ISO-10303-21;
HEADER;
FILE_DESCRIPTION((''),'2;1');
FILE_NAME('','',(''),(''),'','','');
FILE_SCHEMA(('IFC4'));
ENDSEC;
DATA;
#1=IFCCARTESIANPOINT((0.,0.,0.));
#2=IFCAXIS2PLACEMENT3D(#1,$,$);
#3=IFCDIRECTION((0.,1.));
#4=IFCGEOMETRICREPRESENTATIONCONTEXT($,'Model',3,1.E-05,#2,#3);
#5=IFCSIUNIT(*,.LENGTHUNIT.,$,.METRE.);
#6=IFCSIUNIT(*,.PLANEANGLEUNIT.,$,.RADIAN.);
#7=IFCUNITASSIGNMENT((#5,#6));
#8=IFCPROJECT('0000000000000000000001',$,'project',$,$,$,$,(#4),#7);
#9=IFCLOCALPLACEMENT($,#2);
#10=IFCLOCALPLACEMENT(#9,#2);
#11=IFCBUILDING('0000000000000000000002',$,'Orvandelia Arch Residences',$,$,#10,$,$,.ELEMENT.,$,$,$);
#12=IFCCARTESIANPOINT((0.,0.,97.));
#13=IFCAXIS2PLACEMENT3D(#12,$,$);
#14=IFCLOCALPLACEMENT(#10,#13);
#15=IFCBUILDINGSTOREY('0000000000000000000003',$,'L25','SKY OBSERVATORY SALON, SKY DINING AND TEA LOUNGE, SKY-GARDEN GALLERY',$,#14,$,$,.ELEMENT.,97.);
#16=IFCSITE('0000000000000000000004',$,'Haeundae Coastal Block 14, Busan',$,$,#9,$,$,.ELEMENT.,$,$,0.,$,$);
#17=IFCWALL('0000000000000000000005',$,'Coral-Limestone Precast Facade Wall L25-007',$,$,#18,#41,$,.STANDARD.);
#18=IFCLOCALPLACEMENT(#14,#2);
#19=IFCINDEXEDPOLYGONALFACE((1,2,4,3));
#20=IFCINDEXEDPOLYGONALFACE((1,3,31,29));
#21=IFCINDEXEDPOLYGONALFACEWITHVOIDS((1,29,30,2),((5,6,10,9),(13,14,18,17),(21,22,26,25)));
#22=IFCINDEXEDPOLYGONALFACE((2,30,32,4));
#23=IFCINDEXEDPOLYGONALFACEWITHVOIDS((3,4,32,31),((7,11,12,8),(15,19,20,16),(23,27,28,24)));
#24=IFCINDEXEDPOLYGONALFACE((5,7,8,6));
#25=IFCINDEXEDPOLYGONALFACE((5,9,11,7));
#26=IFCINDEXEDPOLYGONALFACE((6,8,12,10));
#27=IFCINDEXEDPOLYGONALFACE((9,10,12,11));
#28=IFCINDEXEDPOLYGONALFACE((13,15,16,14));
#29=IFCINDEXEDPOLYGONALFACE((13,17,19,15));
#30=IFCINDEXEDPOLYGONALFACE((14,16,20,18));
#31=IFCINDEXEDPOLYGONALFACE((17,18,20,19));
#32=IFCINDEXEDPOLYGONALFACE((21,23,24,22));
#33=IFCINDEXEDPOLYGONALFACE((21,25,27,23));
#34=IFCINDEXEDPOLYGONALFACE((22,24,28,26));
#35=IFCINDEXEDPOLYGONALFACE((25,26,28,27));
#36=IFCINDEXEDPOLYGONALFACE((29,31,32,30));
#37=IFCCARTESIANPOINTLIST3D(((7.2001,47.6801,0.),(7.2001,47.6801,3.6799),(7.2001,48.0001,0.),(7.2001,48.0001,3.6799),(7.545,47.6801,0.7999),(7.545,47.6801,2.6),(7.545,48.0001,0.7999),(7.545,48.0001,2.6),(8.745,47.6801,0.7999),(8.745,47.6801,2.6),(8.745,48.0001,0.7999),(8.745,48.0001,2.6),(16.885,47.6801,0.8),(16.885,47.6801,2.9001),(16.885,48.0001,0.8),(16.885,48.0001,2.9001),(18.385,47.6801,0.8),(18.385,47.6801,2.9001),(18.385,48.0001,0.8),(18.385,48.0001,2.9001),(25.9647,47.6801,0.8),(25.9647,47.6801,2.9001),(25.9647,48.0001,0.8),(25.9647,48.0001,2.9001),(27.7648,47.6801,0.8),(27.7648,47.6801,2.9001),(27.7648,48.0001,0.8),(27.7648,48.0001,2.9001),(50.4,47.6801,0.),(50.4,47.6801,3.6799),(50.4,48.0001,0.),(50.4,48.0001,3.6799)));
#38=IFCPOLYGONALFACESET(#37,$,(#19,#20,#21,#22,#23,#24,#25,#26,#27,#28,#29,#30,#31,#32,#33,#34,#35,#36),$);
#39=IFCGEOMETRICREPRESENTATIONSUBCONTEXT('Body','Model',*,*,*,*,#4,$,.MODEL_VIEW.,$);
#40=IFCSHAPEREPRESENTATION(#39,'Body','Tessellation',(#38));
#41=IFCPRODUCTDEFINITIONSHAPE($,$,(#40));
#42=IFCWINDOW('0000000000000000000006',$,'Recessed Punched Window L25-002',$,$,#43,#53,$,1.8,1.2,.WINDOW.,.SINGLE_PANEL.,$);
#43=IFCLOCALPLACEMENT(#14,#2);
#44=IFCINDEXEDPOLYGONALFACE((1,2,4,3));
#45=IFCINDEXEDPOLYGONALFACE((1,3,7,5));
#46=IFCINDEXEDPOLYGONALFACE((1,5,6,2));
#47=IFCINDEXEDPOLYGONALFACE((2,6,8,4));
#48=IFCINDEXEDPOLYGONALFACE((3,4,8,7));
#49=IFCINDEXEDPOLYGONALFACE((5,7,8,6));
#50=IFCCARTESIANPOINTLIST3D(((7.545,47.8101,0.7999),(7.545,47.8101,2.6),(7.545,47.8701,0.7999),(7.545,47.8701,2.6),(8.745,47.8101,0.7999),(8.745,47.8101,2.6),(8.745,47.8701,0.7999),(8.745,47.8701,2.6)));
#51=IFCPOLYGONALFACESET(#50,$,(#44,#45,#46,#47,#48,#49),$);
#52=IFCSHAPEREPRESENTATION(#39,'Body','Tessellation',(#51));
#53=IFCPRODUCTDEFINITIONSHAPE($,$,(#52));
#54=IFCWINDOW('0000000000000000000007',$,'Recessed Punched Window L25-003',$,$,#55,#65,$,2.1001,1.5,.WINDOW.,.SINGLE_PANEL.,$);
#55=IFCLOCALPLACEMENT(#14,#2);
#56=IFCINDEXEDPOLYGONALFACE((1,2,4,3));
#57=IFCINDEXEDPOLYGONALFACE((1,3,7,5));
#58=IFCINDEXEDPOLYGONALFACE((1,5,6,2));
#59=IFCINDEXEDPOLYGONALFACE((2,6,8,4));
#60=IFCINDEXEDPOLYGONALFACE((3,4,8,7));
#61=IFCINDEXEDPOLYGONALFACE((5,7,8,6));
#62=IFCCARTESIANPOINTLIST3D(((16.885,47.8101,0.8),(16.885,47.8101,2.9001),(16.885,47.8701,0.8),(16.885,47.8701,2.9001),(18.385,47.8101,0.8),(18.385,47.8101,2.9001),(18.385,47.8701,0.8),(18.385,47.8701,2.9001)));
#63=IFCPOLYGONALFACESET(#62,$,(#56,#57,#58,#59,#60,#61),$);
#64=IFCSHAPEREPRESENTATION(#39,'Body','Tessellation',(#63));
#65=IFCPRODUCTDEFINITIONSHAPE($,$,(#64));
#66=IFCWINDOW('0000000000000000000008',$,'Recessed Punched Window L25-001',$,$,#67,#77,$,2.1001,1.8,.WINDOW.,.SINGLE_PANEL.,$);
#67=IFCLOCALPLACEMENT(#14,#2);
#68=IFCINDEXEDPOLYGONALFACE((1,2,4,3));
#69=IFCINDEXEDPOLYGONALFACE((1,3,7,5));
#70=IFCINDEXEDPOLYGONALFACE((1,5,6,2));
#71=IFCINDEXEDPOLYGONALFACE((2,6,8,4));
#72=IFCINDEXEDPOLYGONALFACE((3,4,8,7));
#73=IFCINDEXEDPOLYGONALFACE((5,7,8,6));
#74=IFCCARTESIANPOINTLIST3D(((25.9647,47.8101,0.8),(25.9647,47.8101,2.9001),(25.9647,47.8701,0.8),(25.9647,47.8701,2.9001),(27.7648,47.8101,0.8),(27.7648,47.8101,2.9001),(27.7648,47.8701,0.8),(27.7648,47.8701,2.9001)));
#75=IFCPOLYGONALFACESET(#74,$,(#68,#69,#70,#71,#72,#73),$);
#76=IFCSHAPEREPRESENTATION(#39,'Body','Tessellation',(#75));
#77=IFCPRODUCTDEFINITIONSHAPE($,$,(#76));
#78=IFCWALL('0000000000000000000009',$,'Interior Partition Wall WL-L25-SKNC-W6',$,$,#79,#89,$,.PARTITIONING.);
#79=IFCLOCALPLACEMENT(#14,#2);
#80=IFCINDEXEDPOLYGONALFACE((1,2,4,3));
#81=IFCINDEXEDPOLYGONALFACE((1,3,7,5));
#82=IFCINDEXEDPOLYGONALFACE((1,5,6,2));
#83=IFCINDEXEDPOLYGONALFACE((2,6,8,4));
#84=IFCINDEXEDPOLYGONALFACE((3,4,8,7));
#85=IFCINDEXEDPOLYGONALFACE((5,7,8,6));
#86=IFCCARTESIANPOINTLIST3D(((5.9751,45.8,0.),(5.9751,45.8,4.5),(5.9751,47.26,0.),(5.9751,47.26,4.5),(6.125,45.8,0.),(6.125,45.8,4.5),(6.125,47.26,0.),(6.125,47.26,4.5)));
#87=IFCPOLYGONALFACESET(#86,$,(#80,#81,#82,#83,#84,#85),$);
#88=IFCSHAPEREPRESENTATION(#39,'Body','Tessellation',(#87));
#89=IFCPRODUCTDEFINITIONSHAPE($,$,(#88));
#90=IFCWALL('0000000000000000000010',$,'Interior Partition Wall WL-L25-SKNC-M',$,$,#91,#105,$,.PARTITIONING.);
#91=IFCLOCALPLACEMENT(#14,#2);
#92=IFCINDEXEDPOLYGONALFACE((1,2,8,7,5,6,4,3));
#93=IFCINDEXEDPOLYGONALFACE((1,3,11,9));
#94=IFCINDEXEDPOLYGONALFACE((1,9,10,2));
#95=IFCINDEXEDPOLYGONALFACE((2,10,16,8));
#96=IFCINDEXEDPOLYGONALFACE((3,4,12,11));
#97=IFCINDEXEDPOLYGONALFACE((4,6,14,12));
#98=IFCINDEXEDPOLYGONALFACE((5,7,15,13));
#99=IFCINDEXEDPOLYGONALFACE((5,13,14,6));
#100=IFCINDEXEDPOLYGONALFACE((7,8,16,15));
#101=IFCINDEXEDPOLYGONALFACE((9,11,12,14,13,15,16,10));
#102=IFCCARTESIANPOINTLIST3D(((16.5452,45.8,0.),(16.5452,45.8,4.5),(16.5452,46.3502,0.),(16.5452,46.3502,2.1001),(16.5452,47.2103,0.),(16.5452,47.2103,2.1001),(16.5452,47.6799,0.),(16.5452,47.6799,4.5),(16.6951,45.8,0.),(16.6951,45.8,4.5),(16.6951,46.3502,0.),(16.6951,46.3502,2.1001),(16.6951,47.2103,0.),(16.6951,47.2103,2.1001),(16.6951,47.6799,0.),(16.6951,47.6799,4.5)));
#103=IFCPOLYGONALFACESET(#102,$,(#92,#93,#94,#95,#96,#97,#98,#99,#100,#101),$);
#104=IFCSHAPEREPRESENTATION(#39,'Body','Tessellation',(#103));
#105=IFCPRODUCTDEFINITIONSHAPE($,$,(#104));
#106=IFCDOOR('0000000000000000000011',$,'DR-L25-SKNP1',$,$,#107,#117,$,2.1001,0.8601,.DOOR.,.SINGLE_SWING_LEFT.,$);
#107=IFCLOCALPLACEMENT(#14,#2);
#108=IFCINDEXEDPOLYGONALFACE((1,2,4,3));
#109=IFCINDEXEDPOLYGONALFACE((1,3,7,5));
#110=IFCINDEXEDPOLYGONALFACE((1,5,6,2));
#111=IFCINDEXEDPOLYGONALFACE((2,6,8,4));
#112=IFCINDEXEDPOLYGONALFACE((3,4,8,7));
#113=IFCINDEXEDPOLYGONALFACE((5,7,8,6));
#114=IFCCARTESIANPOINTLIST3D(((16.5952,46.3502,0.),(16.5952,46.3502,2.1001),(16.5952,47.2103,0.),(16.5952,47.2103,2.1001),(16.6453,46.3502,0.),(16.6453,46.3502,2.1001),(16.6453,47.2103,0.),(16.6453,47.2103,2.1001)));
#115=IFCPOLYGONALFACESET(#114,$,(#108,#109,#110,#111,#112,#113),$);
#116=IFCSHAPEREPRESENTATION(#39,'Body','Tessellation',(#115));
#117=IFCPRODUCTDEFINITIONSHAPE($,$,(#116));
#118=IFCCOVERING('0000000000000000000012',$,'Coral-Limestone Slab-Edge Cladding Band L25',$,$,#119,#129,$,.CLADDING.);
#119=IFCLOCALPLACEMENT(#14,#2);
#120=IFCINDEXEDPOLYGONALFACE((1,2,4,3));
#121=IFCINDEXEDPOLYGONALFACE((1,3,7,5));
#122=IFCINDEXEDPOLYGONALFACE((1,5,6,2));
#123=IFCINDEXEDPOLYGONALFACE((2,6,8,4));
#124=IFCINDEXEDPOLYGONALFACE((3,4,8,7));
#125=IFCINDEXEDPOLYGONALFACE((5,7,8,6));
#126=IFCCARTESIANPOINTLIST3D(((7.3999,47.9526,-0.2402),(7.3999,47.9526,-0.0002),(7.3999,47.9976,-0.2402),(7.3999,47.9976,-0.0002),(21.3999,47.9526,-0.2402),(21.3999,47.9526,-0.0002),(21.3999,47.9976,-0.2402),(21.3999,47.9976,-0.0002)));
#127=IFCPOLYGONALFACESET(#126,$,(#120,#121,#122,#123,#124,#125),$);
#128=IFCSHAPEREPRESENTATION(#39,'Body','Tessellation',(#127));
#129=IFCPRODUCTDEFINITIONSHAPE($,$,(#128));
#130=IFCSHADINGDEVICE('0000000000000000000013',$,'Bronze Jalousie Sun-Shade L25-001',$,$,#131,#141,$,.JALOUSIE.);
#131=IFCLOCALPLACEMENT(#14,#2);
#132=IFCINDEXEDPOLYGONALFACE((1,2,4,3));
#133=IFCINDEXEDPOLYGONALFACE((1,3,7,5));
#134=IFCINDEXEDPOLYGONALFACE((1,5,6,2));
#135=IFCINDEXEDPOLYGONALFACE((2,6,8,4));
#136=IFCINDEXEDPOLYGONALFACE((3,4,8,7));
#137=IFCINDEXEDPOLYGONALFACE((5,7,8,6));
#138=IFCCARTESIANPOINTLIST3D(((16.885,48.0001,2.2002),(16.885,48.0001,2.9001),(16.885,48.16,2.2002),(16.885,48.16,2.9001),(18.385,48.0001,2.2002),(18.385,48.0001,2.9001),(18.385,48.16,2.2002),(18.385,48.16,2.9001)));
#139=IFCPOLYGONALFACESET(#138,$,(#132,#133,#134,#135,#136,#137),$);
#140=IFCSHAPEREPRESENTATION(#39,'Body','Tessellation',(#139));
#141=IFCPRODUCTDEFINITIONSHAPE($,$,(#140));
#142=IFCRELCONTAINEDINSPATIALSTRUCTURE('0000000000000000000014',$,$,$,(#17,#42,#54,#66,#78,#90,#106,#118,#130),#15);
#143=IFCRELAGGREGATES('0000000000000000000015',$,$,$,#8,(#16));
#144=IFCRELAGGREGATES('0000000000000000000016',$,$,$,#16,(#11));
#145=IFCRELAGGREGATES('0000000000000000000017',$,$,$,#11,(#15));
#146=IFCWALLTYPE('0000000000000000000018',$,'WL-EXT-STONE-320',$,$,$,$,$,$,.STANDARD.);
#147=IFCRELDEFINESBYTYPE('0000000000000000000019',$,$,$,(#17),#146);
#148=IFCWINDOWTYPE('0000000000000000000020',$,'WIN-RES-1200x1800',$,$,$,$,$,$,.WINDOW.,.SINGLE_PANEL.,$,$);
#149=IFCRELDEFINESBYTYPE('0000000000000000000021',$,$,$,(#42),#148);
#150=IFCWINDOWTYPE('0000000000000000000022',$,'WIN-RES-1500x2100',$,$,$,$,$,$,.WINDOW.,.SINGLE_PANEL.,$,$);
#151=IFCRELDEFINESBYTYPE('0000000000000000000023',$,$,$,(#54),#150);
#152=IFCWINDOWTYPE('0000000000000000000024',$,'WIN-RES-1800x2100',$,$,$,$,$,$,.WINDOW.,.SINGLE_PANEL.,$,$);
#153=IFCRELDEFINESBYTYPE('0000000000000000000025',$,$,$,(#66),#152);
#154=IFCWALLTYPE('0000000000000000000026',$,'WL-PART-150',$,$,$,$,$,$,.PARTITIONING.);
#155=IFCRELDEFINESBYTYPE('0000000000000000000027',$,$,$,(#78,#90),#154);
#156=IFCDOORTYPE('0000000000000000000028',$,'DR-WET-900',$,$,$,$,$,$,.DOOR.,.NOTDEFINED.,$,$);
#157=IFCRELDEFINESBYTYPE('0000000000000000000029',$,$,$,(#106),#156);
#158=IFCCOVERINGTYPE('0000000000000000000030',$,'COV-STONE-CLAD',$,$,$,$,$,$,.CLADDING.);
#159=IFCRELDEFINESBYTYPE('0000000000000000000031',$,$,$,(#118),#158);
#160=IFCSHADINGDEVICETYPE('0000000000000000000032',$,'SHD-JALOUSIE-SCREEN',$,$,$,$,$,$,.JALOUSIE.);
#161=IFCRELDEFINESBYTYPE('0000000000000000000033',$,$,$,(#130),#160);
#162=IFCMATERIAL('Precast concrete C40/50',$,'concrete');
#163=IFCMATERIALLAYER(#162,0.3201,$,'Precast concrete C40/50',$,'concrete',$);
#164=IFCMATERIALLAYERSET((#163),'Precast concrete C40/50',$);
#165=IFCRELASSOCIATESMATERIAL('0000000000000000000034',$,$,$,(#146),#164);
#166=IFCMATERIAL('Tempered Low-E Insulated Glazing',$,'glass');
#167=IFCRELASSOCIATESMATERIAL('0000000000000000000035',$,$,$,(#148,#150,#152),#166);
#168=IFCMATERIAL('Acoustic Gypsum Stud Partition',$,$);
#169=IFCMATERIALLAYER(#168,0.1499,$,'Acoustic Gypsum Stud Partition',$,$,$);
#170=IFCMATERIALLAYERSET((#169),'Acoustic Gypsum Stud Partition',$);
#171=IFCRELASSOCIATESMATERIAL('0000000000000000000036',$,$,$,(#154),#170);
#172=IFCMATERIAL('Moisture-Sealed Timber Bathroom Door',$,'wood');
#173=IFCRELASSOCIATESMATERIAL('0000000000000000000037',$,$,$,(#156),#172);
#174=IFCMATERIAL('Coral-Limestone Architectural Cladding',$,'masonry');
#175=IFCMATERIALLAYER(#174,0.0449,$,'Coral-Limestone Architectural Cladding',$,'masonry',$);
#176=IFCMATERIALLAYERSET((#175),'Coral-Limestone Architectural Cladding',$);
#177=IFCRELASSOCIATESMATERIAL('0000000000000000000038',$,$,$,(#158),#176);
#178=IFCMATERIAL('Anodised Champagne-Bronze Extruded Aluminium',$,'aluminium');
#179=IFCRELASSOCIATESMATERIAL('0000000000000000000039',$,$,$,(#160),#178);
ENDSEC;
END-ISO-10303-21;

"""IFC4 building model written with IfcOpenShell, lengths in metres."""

from ifc_helpers import new_model, si_unit, direction, frame, frame_2d, origin, origin_2d, place, context, subcontext, project, spatial, rectangle, extrude, material, layer, layer_set, type_object, element, fill, save


model = new_model("IFC4")

# Units and contexts
model_context = context("Model", 3, precision=1e-05, world=origin(), true_north=direction((0.0, 1.0)))
body_context = subcontext(model_context, "Body", "Model", "MODEL_VIEW")
ifc_project = project(units=[si_unit("LENGTHUNIT", "METRE"), si_unit("PLANEANGLEUNIT", "RADIAN")], contexts=[model_context])

# Site, building, storey
site_placement = place(None, origin())
site = spatial("IfcSite", under=ifc_project, at=site_placement, Name="Haeundae Coastal Block 14, Busan", CompositionType="ELEMENT", RefElevation=0.0)
building_placement = place(site_placement, origin())
building = spatial("IfcBuilding", under=site, at=building_placement, Name="Orvandelia Arch Residences", CompositionType="ELEMENT")
storey_placement = place(building_placement, frame((0.0, 0.0, 97.0)))
storey = spatial("IfcBuildingStorey", under=building, at=storey_placement, Name="L25", Description="SKY OBSERVATORY SALON, SKY DINING AND TEA LOUNGE, SKY-GARDEN GALLERY", CompositionType="ELEMENT", Elevation=97.0)

# Shared definitions
ifc_material_1 = material(Name="Precast concrete C40/50", Category="concrete")
ifc_layer_1 = layer(ifc_material_1, 0.3201, Name="Precast concrete C40/50", Category="concrete")
ifc_layer_set_1 = layer_set([ifc_layer_1], Name="Precast concrete C40/50")
wall_type_1 = type_object("IfcWallType", Name="WL-EXT-STONE-320", PredefinedType="STANDARD", material=ifc_layer_set_1)

# Wall, openings, windows
wall_1_placement = place(storey_placement, frame((7.2, 47.8401, 0.0), z_axis=(0.0, 0.0, 1.0), x_axis=(1.0, 0.0, 0.0)))
wall_1 = element("IfcWall", 1, at=wall_1_placement, inside=storey, type_object=wall_type_1, Name="Coral-Limestone Precast Facade Wall L25-007", PredefinedType="STANDARD", context=body_context, shape_type="SweptSolid", body=[
    extrude(rectangle(XDim=43.2, YDim=0.3201, at=frame_2d((21.6001, 0.0))), origin(), (0.0, 0.0, 1.0), 3.6799),
])
opening_1_placement = place(wall_1_placement, frame((18.7649, 0.0, 0.8)))
opening_1 = element("IfcOpeningElement", 2, at=opening_1_placement, cuts=wall_1, PredefinedType="OPENING", context=body_context, shape_type="SweptSolid", body=[
    extrude(rectangle(XDim=1.8, YDim=2.1001, at=frame_2d((0.8999, 1.05))), frame((0.0, 0.1699, 0.0), z_axis=(0.0, -1.0, 0.0), x_axis=(1.0, 0.0, 0.0)), (0.0, 0.0, 1.0), 0.3401),
])
opening_2_placement = place(wall_1_placement, frame((0.345, 0.0, 0.8)))
opening_2 = element("IfcOpeningElement", 3, at=opening_2_placement, cuts=wall_1, PredefinedType="OPENING", context=body_context, shape_type="SweptSolid", body=[
    extrude(rectangle(XDim=1.2, YDim=1.8, at=frame_2d((0.6001, 0.8999))), frame((0.0, 0.1699, 0.0), z_axis=(0.0, -1.0, 0.0), x_axis=(1.0, 0.0, 0.0)), (0.0, 0.0, 1.0), 0.3401),
])
opening_3_placement = place(wall_1_placement, frame((9.6851, 0.0, 0.8)))
opening_3 = element("IfcOpeningElement", 4, at=opening_3_placement, cuts=wall_1, PredefinedType="OPENING", context=body_context, shape_type="SweptSolid", body=[
    extrude(rectangle(XDim=1.5, YDim=2.1001, at=frame_2d((0.75, 1.05))), frame((0.0, 0.1699, 0.0), z_axis=(0.0, -1.0, 0.0), x_axis=(1.0, 0.0, 0.0)), (0.0, 0.0, 1.0), 0.3401),
])
ifc_material_2 = material(Name="Tempered Low-E Insulated Glazing", Category="glass")
window_type_1 = type_object("IfcWindowType", Name="WIN-RES-1200x1800", PartitioningType="SINGLE_PANEL", PredefinedType="WINDOW", material=ifc_material_2)
window_1_placement = place(opening_2_placement, origin())
window_1 = element("IfcWindow", 5, at=window_1_placement, inside=storey, type_object=window_type_1, Name="Recessed Punched Window L25-002", OverallHeight=1.8, OverallWidth=1.2, PartitioningType="SINGLE_PANEL", PredefinedType="WINDOW", context=body_context, shape_type="SweptSolid", body=[
    extrude(rectangle(XDim=1.2, YDim=1.8, at=frame_2d((0.6001, 0.8999))), frame((0.0, 0.03, 0.0), z_axis=(0.0, -1.0, 0.0), x_axis=(1.0, 0.0, 0.0)), (0.0, 0.0, 1.0), 0.0601),
])
fill(opening_2, window_1)
window_type_2 = type_object("IfcWindowType", Name="WIN-RES-1500x2100", PartitioningType="SINGLE_PANEL", PredefinedType="WINDOW", material=ifc_material_2)
window_2_placement = place(opening_3_placement, origin())
window_2 = element("IfcWindow", 6, at=window_2_placement, inside=storey, type_object=window_type_2, Name="Recessed Punched Window L25-003", OverallHeight=2.1001, OverallWidth=1.5, PartitioningType="SINGLE_PANEL", PredefinedType="WINDOW", context=body_context, shape_type="SweptSolid", body=[
    extrude(rectangle(XDim=1.5, YDim=2.1001, at=frame_2d((0.75, 1.05))), frame((0.0, 0.03, 0.0), z_axis=(0.0, -1.0, 0.0), x_axis=(1.0, 0.0, 0.0)), (0.0, 0.0, 1.0), 0.0601),
])
fill(opening_3, window_2)
window_type_3 = type_object("IfcWindowType", Name="WIN-RES-1800x2100", PartitioningType="SINGLE_PANEL", PredefinedType="WINDOW", material=ifc_material_2)
window_3_placement = place(opening_1_placement, origin())
window_3 = element("IfcWindow", 7, at=window_3_placement, inside=storey, type_object=window_type_3, Name="Recessed Punched Window L25-001", OverallHeight=2.1001, OverallWidth=1.8, PartitioningType="SINGLE_PANEL", PredefinedType="WINDOW", context=body_context, shape_type="SweptSolid", body=[
    extrude(rectangle(XDim=1.8, YDim=2.1001, at=frame_2d((0.8999, 1.05))), frame((0.0, 0.03, 0.0), z_axis=(0.0, -1.0, 0.0), x_axis=(1.0, 0.0, 0.0)), (0.0, 0.0, 1.0), 0.0601),
])
fill(opening_1, window_3)

# Wall
ifc_material_3 = material(Name="Acoustic Gypsum Stud Partition")
ifc_layer_2 = layer(ifc_material_3, 0.1499, Name="Acoustic Gypsum Stud Partition")
ifc_layer_set_2 = layer_set([ifc_layer_2], Name="Acoustic Gypsum Stud Partition")
wall_type_2 = type_object("IfcWallType", Name="WL-PART-150", PredefinedType="PARTITIONING", material=ifc_layer_set_2)
wall_2_placement = place(storey_placement, frame((6.05, 45.8, 0.0), z_axis=(0.0, 0.0, 1.0), x_axis=(0.0, 1.0, 0.0)))
element("IfcWall", 8, at=wall_2_placement, inside=storey, type_object=wall_type_2, Name="Interior Partition Wall WL-L25-SKNC-W6", PredefinedType="PARTITIONING", context=body_context, shape_type="SweptSolid", body=[
    extrude(rectangle(XDim=1.46, YDim=0.1499, at=frame_2d((0.73, 0.0))), origin(), (0.0, 0.0, 1.0), 4.5),
])

# Wall, opening, door
wall_3_placement = place(storey_placement, frame((16.6201, 45.8, 0.0), z_axis=(0.0, 0.0, 1.0), x_axis=(0.0, 1.0, 0.0)))
wall_3 = element("IfcWall", 9, at=wall_3_placement, inside=storey, type_object=wall_type_2, Name="Interior Partition Wall WL-L25-SKNC-M", PredefinedType="PARTITIONING", context=body_context, shape_type="SweptSolid", body=[
    extrude(rectangle(XDim=1.8799, YDim=0.1499, at=frame_2d((0.9399, 0.0))), origin(), (0.0, 0.0, 1.0), 4.5),
])
opening_4_placement = place(wall_3_placement, frame((0.55, 0.0, 0.0)))
opening_4 = element("IfcOpeningElement", 10, at=opening_4_placement, cuts=wall_3, PredefinedType="OPENING", context=body_context, shape_type="SweptSolid", body=[
    extrude(rectangle(XDim=0.8601, YDim=2.1001, at=frame_2d((0.4302, 1.05))), frame((0.0, 0.085, 0.0), z_axis=(0.0, -1.0, 0.0), x_axis=(1.0, 0.0, 0.0)), (0.0, 0.0, 1.0), 0.1699),
])
ifc_material_4 = material(Name="Moisture-Sealed Timber Bathroom Door", Category="wood")
door_type = type_object("IfcDoorType", Name="DR-WET-900", OperationType="NOTDEFINED", PredefinedType="DOOR", material=ifc_material_4)
door_placement = place(opening_4_placement, origin())
door = element("IfcDoor", 11, at=door_placement, inside=storey, type_object=door_type, Name="DR-L25-SKNP1", OperationType="SINGLE_SWING_LEFT", OverallHeight=2.1001, OverallWidth=0.8601, PredefinedType="DOOR", context=body_context, shape_type="SweptSolid", body=[
    extrude(rectangle(XDim=0.8601, YDim=2.1001, at=frame_2d((0.4302, 1.05))), frame((0.0, 0.0249, 0.0), z_axis=(0.0, -1.0, 0.0), x_axis=(1.0, 0.0, 0.0)), (0.0, 0.0, 1.0), 0.05),
])
fill(opening_4, door)

# Covering
ifc_material_5 = material(Name="Coral-Limestone Architectural Cladding", Category="masonry")
ifc_layer_3 = layer(ifc_material_5, 0.0449, Name="Coral-Limestone Architectural Cladding", Category="masonry")
ifc_layer_set_3 = layer_set([ifc_layer_3], Name="Coral-Limestone Architectural Cladding")
covering_type = type_object("IfcCoveringType", Name="COV-STONE-CLAD", PredefinedType="CLADDING", material=ifc_layer_set_3)
covering_placement = place(storey_placement, frame((14.3999, 47.9751, -0.2402), z_axis=(0.0, 0.0, 1.0), x_axis=(1.0, 0.0, 0.0)))
element("IfcCovering", 12, at=covering_placement, inside=storey, type_object=covering_type, Name="Coral-Limestone Slab-Edge Cladding Band L25", PredefinedType="CLADDING", context=body_context, shape_type="SweptSolid", body=[
    extrude(rectangle(XDim=14.0, YDim=0.0449, at=origin_2d()), origin(), (0.0, 0.0, 1.0), 0.24),
])

# Shading device
ifc_material_6 = material(Name="Anodised Champagne-Bronze Extruded Aluminium", Category="aluminium")
shading_device_type = type_object("IfcShadingDeviceType", Name="SHD-JALOUSIE-SCREEN", PredefinedType="JALOUSIE", material=ifc_material_6)
shading_device_placement = place(storey_placement, frame((17.635, 48.0801, 2.2002), z_axis=(0.0, 0.0, 1.0), x_axis=(1.0, 0.0, 0.0)))
element("IfcShadingDevice", 13, at=shading_device_placement, inside=storey, type_object=shading_device_type, Name="Bronze Jalousie Sun-Shade L25-001", PredefinedType="JALOUSIE", context=body_context, shape_type="SweptSolid", body=[
    extrude(rectangle(XDim=1.5, YDim=0.1599, at=origin_2d()), origin(), (0.0, 0.0, 1.0), 0.7),
])

save(model, "model.ifc")
